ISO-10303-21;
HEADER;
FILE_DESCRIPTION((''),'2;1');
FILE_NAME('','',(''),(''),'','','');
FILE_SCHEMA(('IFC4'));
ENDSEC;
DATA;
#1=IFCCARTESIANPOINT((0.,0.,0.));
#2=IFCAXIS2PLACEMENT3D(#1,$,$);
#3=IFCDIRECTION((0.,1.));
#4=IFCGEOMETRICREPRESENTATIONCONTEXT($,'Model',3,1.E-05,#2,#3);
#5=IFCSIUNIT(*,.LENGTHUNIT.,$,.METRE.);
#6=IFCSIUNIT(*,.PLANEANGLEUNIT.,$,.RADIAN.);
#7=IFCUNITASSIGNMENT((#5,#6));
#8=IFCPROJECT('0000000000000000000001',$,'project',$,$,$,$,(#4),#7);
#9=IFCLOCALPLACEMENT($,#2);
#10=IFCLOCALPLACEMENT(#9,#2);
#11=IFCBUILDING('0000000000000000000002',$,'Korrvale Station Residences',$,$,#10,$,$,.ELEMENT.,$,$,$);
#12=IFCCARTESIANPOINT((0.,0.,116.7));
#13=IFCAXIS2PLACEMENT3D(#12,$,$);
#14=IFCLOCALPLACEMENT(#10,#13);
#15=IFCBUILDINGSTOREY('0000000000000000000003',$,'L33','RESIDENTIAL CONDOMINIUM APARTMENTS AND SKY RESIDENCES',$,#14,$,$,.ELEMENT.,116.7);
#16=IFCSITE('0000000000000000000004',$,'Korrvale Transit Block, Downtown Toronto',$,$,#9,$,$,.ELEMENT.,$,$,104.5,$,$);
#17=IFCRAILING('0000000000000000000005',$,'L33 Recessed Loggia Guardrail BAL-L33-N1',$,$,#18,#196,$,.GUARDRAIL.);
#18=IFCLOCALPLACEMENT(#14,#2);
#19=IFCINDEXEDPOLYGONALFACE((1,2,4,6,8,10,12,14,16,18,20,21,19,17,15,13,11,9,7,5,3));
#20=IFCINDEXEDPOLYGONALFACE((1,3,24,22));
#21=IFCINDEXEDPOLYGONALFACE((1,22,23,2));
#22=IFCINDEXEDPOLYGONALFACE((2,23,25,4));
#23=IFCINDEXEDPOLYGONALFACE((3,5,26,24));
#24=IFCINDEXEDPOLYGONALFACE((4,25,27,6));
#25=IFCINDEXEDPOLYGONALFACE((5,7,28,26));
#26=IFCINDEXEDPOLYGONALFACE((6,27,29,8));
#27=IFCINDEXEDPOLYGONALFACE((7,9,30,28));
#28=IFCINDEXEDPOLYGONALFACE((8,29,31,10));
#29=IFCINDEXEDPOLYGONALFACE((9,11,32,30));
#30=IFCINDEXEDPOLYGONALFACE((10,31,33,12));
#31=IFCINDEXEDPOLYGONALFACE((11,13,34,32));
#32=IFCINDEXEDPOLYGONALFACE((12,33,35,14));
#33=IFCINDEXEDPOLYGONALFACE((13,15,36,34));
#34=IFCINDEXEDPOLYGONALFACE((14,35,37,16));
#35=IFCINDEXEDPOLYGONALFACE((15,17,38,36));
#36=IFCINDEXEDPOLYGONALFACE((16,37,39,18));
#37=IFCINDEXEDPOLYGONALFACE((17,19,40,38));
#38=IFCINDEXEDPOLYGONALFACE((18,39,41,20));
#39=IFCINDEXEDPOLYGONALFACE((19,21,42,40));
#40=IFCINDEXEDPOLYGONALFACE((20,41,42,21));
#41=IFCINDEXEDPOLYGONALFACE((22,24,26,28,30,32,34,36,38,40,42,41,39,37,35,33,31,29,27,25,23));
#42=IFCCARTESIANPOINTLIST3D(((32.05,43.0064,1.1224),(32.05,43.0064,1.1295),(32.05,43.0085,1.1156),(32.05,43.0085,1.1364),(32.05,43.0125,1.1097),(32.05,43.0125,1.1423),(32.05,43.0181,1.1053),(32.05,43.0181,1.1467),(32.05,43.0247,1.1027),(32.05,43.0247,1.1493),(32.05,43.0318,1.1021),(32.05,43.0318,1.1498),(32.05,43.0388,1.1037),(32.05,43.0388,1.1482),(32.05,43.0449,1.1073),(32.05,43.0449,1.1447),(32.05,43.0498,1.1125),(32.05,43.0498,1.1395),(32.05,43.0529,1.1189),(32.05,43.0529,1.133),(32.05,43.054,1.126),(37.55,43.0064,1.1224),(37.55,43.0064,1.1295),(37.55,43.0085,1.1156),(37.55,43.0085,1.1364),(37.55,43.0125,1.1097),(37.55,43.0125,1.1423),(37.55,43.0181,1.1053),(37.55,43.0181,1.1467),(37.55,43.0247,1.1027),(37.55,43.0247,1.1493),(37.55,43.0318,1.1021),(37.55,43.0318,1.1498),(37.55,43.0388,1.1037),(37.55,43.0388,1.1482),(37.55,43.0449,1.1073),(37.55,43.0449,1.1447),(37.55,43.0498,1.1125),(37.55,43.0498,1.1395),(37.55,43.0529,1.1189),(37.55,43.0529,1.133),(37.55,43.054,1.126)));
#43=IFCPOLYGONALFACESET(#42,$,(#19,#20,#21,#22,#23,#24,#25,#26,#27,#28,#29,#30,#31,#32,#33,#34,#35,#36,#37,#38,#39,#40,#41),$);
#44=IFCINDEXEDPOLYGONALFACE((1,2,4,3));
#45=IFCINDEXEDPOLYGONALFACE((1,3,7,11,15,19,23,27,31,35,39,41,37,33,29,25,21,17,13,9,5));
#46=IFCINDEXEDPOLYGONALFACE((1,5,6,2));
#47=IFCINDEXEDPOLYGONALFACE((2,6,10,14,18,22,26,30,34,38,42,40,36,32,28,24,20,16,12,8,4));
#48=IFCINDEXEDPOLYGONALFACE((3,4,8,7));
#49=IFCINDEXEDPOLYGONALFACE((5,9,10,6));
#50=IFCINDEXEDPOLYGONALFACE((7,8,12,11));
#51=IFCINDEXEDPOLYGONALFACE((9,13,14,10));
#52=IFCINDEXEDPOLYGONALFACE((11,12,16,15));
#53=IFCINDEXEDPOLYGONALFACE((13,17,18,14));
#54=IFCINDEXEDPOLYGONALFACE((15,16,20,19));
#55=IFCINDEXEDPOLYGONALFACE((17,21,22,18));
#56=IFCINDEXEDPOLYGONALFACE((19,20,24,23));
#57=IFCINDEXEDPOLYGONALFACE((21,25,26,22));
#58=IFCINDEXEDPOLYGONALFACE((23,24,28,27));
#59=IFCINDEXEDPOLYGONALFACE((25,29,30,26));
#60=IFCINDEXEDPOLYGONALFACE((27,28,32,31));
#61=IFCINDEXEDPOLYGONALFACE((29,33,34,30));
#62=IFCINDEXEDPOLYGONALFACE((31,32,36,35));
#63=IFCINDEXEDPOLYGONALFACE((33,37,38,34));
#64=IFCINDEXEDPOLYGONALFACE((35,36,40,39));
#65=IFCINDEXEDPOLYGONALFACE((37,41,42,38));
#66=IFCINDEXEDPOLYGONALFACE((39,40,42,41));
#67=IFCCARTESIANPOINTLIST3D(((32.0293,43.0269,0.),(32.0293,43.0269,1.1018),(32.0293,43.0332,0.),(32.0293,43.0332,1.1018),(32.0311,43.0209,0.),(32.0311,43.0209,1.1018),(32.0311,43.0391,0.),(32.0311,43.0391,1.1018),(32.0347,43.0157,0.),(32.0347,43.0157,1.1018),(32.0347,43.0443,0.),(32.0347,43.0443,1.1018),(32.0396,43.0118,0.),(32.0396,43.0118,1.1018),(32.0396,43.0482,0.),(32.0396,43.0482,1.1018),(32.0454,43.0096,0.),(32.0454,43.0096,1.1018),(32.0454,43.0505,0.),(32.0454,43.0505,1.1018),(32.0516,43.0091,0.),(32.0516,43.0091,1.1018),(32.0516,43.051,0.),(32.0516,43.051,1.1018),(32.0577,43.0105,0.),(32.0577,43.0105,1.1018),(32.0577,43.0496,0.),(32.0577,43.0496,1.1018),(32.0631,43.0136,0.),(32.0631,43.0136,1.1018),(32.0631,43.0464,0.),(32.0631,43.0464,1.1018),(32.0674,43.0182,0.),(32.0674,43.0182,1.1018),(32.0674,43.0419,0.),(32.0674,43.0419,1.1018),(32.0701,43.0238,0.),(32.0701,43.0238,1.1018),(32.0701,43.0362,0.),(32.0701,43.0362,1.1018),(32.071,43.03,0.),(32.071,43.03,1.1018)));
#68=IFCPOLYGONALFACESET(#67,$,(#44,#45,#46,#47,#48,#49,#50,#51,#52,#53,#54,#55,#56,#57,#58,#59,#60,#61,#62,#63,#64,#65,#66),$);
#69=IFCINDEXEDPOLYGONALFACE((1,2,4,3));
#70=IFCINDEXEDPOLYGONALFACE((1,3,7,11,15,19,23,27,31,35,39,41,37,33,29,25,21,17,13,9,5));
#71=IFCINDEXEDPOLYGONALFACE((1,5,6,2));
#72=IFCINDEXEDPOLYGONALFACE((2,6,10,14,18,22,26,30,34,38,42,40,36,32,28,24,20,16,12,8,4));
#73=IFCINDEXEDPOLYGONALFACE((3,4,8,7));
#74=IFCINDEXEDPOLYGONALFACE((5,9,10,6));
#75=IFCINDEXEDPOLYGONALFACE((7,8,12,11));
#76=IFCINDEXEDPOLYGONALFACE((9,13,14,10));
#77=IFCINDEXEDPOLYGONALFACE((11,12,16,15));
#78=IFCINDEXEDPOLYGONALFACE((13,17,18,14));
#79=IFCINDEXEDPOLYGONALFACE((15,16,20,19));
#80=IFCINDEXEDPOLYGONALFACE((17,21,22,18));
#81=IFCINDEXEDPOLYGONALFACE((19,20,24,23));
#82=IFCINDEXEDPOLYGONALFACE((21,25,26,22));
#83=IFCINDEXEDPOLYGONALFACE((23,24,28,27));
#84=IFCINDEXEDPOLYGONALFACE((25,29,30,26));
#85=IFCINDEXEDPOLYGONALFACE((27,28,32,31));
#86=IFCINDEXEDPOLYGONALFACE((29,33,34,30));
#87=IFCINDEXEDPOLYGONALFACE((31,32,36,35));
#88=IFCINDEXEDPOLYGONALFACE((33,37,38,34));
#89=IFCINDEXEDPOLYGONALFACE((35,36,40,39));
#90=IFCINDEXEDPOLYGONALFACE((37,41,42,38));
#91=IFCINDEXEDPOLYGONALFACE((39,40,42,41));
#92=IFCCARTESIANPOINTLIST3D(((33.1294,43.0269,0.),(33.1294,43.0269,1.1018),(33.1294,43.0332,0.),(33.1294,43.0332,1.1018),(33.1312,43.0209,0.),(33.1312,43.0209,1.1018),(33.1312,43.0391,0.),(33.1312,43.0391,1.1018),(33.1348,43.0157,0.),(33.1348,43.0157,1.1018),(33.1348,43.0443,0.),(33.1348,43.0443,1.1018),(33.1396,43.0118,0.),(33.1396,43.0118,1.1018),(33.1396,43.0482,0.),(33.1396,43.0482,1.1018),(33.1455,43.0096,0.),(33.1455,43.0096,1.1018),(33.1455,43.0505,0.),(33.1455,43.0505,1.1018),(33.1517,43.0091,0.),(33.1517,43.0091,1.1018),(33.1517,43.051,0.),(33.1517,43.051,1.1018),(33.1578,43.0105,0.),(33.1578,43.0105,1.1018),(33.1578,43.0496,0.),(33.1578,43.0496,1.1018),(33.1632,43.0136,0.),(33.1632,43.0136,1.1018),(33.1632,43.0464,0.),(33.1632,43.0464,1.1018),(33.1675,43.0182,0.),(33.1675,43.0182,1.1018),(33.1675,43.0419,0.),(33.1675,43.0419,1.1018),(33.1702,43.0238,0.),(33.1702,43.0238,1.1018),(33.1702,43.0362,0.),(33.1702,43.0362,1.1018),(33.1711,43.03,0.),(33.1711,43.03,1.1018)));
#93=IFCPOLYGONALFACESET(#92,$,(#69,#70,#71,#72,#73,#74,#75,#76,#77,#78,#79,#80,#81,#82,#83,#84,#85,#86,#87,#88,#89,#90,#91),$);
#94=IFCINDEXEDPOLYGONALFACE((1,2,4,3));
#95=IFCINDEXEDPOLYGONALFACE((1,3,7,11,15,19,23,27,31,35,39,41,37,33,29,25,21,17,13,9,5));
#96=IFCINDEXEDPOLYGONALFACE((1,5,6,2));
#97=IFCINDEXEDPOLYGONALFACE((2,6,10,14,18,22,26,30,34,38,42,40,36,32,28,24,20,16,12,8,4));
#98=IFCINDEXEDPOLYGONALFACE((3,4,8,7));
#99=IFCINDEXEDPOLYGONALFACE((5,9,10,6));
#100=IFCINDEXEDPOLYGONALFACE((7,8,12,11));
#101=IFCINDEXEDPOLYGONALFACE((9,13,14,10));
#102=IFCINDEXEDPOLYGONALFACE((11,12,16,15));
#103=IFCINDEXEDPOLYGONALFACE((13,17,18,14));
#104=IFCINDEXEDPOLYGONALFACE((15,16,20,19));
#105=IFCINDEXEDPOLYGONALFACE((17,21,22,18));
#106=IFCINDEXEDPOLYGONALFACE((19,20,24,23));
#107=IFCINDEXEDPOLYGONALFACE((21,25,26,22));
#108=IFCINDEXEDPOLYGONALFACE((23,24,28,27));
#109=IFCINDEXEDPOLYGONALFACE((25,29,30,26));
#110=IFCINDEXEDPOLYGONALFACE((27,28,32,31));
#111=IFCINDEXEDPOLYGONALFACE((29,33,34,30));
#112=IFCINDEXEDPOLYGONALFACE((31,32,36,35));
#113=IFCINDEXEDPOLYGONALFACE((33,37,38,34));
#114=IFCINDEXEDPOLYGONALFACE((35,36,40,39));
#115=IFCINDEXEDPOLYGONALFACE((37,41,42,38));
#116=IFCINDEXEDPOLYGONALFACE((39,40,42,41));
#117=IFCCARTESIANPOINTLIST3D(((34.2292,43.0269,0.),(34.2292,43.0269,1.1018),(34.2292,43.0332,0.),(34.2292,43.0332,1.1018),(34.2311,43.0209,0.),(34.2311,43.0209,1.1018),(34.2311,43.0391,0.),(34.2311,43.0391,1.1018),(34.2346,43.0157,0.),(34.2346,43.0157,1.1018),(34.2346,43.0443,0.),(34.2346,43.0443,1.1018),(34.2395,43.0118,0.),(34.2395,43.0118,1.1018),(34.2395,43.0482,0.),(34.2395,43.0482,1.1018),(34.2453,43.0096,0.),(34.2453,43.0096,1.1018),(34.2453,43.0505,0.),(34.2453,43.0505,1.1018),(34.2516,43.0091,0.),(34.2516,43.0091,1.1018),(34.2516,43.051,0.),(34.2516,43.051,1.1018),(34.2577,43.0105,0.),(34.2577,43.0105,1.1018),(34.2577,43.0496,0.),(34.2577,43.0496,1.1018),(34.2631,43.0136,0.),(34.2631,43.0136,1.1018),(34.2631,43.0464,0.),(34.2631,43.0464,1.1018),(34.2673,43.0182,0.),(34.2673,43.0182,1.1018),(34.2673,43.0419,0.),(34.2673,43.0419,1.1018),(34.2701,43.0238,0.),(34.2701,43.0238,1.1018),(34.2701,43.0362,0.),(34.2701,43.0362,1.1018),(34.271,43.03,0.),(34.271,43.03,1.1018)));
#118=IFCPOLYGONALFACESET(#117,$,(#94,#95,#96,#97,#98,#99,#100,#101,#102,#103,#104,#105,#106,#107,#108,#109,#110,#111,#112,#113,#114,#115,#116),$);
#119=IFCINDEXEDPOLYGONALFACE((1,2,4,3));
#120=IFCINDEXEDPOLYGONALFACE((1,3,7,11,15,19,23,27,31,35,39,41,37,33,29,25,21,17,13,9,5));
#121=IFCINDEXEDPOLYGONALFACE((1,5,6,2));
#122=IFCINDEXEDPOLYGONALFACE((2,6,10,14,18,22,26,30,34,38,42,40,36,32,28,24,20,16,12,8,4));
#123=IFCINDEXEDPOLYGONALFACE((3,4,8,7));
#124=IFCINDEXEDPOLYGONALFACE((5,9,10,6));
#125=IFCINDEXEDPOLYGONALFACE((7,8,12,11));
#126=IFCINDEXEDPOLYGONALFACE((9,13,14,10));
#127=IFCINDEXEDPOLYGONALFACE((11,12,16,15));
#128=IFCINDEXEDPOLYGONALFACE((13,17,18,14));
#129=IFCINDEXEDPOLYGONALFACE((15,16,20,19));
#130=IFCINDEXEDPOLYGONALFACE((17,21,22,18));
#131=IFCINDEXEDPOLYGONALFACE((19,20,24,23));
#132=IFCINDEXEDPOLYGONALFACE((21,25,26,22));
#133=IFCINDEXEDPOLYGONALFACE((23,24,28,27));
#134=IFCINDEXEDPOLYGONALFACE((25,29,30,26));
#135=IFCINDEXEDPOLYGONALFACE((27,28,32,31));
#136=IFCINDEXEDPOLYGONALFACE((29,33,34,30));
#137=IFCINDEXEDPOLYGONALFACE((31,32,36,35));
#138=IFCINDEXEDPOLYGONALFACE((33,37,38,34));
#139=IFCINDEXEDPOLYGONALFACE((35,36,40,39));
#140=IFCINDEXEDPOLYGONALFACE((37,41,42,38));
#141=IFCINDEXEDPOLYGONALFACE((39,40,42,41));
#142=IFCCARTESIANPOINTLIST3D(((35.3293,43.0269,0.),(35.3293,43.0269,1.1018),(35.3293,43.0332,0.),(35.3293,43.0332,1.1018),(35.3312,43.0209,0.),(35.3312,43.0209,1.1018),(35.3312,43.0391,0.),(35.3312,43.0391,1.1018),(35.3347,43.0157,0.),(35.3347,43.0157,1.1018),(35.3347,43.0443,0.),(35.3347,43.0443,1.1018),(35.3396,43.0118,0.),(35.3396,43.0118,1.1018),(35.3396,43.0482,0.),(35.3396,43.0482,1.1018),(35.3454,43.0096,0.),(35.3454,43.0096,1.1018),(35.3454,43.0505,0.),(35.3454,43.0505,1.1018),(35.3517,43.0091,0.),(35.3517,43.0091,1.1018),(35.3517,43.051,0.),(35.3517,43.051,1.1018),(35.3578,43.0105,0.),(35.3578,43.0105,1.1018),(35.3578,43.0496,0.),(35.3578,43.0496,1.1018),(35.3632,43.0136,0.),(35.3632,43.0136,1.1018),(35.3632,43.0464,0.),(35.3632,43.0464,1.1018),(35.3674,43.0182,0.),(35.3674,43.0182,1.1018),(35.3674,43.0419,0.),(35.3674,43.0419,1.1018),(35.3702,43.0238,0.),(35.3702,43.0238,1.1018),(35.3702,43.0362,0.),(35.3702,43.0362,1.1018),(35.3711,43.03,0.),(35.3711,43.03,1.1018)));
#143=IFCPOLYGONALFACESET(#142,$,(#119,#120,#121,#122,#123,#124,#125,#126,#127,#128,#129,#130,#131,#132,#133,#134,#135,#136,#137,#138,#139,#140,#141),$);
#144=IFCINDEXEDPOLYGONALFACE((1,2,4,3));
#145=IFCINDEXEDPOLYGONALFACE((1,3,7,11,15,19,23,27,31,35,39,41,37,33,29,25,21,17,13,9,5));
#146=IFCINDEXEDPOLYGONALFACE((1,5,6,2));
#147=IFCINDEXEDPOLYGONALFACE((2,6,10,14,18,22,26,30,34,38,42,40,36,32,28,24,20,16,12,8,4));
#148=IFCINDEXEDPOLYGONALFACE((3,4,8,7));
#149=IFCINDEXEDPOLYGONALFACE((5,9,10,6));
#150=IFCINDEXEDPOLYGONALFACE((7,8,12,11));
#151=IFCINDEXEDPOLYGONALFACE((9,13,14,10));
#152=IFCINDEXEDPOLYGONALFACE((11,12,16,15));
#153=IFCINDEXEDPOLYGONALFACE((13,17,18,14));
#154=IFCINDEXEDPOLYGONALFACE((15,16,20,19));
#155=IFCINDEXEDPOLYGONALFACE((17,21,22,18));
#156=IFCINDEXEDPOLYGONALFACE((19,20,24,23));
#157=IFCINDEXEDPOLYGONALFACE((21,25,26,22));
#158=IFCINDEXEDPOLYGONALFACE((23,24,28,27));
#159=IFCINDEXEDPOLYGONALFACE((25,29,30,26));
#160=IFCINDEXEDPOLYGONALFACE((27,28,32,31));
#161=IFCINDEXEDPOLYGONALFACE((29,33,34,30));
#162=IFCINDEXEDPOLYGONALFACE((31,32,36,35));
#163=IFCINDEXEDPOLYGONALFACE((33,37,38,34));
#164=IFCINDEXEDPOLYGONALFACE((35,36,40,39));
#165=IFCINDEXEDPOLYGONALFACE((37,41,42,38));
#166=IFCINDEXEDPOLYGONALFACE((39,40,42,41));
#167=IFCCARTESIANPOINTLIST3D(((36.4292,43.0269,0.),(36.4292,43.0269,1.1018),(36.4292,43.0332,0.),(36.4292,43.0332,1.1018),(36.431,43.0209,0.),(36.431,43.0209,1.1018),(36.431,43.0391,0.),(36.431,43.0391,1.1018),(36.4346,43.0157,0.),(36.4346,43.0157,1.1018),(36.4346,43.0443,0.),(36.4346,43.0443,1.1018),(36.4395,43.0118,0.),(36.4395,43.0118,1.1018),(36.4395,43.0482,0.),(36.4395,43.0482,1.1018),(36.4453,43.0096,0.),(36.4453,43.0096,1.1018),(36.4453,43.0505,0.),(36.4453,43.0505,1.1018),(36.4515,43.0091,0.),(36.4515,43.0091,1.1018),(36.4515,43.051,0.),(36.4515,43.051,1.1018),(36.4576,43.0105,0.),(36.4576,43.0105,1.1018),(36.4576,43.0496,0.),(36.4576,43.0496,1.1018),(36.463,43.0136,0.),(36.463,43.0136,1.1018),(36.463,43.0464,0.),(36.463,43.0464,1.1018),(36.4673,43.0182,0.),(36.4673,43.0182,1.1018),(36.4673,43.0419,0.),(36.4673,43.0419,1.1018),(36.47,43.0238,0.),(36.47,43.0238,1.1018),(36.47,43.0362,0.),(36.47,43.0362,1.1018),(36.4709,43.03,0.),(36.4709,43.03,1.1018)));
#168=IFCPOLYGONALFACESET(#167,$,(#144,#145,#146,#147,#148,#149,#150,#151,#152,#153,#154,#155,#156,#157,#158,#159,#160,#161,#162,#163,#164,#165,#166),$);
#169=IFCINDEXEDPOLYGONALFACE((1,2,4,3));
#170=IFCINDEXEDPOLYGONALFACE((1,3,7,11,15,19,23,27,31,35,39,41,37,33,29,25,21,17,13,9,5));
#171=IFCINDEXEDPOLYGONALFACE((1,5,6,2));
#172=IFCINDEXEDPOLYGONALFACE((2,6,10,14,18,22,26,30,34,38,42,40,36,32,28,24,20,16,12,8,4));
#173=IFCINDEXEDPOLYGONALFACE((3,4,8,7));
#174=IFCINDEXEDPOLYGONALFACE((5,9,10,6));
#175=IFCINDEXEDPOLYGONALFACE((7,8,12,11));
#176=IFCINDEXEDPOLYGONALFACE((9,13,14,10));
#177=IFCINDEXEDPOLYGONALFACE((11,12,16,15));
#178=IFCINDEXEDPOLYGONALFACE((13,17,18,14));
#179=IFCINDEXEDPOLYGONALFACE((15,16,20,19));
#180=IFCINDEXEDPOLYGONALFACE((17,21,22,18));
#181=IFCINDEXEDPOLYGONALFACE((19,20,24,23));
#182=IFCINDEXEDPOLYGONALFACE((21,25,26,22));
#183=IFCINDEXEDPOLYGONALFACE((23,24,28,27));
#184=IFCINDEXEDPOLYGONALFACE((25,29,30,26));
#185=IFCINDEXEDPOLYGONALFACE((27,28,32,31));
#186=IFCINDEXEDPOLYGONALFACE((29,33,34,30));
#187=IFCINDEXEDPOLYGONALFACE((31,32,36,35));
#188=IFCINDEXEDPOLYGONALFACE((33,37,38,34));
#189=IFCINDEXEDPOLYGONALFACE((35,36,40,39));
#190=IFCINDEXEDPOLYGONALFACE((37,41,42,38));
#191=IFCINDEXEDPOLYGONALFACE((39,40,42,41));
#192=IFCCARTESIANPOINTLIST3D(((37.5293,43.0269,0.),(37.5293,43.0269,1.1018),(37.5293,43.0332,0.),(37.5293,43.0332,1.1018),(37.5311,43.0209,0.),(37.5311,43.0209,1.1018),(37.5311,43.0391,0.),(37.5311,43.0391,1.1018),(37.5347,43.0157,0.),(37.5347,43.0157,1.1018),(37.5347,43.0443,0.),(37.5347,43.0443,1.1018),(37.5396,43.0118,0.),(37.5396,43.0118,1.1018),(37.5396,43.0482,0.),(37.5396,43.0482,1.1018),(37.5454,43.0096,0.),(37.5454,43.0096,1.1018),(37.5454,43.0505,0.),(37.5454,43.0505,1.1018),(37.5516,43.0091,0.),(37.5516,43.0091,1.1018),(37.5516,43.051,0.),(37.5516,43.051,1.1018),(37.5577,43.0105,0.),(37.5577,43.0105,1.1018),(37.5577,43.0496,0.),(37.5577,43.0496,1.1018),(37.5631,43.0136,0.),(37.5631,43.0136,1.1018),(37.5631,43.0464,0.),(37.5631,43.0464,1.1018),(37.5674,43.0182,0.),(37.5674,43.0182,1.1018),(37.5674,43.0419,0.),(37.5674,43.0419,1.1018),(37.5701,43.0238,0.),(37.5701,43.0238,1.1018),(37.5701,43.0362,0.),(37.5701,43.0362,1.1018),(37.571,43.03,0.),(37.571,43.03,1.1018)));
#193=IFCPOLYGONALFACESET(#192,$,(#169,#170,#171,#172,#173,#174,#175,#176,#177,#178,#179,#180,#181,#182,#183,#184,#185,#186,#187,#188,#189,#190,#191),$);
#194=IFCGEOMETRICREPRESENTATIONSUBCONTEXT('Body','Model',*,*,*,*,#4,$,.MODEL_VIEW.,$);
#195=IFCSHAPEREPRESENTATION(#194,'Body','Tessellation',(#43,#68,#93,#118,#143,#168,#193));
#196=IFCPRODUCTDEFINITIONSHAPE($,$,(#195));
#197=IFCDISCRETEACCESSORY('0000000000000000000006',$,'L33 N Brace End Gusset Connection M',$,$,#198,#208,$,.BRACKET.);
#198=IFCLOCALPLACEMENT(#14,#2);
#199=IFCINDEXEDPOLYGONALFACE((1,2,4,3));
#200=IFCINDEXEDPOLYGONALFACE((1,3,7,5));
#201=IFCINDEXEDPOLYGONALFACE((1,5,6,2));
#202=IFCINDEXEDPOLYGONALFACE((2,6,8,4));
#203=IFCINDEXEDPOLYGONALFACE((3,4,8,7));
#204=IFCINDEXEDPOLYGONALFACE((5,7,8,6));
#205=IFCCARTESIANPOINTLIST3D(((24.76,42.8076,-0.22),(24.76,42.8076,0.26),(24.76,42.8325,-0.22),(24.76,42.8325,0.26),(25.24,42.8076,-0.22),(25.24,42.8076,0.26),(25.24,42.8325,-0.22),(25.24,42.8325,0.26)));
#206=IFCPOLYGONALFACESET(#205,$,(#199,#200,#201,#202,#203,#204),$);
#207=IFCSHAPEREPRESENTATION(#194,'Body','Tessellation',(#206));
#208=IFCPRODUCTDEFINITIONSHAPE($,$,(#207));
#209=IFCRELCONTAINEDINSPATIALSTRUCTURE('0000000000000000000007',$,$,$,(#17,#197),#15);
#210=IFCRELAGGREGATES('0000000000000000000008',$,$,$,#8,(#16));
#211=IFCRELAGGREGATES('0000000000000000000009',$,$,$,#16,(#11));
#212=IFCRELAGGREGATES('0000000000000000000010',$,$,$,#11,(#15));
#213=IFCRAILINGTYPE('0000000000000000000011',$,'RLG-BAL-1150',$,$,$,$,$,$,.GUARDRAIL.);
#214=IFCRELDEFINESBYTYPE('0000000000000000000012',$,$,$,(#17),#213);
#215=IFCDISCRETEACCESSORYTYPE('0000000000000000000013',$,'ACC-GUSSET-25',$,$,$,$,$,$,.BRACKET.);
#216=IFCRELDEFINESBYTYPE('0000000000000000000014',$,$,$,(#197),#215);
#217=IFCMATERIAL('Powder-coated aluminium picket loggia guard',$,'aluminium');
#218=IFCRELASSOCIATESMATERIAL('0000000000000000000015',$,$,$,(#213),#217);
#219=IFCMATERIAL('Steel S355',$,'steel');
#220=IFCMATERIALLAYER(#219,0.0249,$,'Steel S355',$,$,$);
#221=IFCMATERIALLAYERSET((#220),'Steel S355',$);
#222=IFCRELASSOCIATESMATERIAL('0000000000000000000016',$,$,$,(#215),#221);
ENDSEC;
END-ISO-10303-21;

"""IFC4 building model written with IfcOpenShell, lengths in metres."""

from ifc_helpers import new_model, si_unit, direction, frame, origin, origin_2d, place, context, subcontext, project, spatial, rectangle, circle, extrude, material, layer, layer_set, type_object, element, save


model = new_model("IFC4")

# Units and contexts
model_context = context("Model", 3, precision=1e-05, world=origin(), true_north=direction((0.0, 1.0)))
body_context = subcontext(model_context, "Body", "Model", "MODEL_VIEW")
ifc_project = project(units=[si_unit("LENGTHUNIT", "METRE"), si_unit("PLANEANGLEUNIT", "RADIAN")], contexts=[model_context])

# Site, building, storey
site_placement = place(None, origin())
site = spatial("IfcSite", under=ifc_project, at=site_placement, Name="Korrvale Transit Block, Downtown Toronto", CompositionType="ELEMENT", RefElevation=104.5)
building_placement = place(site_placement, origin())
building = spatial("IfcBuilding", under=site, at=building_placement, Name="Korrvale Station Residences", CompositionType="ELEMENT")
storey_placement = place(building_placement, frame((0.0, 0.0, 116.7)))
storey = spatial("IfcBuildingStorey", under=building, at=storey_placement, Name="L33", Description="RESIDENTIAL CONDOMINIUM APARTMENTS AND SKY RESIDENCES", CompositionType="ELEMENT", Elevation=116.7)

# Shared definitions
ifc_material_1 = material(Name="Steel S355", Category="steel")

# Railing
ifc_material_2 = material(Name="Powder-coated aluminium picket loggia guard", Category="aluminium")
railing_type = type_object("IfcRailingType", Name="RLG-BAL-1150", PredefinedType="GUARDRAIL", material=ifc_material_2)
railing_placement = place(storey_placement, frame((32.05, 43.03, 0.0)))
element("IfcRailing", 1, at=railing_placement, inside=storey, type_object=railing_type, Name="L33 Recessed Loggia Guardrail BAL-L33-N1", PredefinedType="GUARDRAIL", context=body_context, shape_type="SweptSolid", body=[
    extrude(circle(Radius=0.0239, at=origin_2d()), frame((0.0, 0.0, 1.126), z_axis=(1.0, 0.0, 0.0), x_axis=(0.0, 1.0, 0.0)), (0.0, 0.0, 1.0), 5.5),
    extrude(circle(Radius=0.021, at=origin_2d()), origin(), (0.0, 0.0, 1.0), 1.1018),
    extrude(circle(Radius=0.021, at=origin_2d()), frame((1.1001, 0.0, 0.0)), (0.0, 0.0, 1.0), 1.1018),
    extrude(circle(Radius=0.021, at=origin_2d()), frame((2.2, 0.0, 0.0)), (0.0, 0.0, 1.0), 1.1018),
    extrude(circle(Radius=0.021, at=origin_2d()), frame((3.3, 0.0, 0.0)), (0.0, 0.0, 1.0), 1.1018),
    extrude(circle(Radius=0.021, at=origin_2d()), frame((4.3999, 0.0, 0.0)), (0.0, 0.0, 1.0), 1.1018),
    extrude(circle(Radius=0.021, at=origin_2d()), frame((5.5, 0.0, 0.0)), (0.0, 0.0, 1.0), 1.1018),
])

# Discrete accessory
ifc_layer_1 = layer(ifc_material_1, 0.0249, Name="Steel S355")
ifc_layer_set_1 = layer_set([ifc_layer_1], Name="Steel S355")
discrete_accessory_type = type_object("IfcDiscreteAccessoryType", Name="ACC-GUSSET-25", PredefinedType="BRACKET", material=ifc_layer_set_1)
for number, where, z_axis, x_axis, name in (
    (2, (25.0, 42.8201, -0.22), (0.0, 0.0, 1.0), (1.0, 0.0, 0.0), "L33 N Brace End Gusset Connection M"),
):
    element("IfcDiscreteAccessory", number, at=place(storey_placement, frame(where, z_axis=z_axis, x_axis=x_axis)), inside=storey, type_object=discrete_accessory_type, Name=name, PredefinedType="BRACKET", context=body_context, shape_type="SweptSolid", body=[
        extrude(rectangle(XDim=0.48, YDim=0.0249, at=origin_2d()), origin(), (0.0, 0.0, 1.0), 0.48),
    ])

save(model, "model.ifc")
